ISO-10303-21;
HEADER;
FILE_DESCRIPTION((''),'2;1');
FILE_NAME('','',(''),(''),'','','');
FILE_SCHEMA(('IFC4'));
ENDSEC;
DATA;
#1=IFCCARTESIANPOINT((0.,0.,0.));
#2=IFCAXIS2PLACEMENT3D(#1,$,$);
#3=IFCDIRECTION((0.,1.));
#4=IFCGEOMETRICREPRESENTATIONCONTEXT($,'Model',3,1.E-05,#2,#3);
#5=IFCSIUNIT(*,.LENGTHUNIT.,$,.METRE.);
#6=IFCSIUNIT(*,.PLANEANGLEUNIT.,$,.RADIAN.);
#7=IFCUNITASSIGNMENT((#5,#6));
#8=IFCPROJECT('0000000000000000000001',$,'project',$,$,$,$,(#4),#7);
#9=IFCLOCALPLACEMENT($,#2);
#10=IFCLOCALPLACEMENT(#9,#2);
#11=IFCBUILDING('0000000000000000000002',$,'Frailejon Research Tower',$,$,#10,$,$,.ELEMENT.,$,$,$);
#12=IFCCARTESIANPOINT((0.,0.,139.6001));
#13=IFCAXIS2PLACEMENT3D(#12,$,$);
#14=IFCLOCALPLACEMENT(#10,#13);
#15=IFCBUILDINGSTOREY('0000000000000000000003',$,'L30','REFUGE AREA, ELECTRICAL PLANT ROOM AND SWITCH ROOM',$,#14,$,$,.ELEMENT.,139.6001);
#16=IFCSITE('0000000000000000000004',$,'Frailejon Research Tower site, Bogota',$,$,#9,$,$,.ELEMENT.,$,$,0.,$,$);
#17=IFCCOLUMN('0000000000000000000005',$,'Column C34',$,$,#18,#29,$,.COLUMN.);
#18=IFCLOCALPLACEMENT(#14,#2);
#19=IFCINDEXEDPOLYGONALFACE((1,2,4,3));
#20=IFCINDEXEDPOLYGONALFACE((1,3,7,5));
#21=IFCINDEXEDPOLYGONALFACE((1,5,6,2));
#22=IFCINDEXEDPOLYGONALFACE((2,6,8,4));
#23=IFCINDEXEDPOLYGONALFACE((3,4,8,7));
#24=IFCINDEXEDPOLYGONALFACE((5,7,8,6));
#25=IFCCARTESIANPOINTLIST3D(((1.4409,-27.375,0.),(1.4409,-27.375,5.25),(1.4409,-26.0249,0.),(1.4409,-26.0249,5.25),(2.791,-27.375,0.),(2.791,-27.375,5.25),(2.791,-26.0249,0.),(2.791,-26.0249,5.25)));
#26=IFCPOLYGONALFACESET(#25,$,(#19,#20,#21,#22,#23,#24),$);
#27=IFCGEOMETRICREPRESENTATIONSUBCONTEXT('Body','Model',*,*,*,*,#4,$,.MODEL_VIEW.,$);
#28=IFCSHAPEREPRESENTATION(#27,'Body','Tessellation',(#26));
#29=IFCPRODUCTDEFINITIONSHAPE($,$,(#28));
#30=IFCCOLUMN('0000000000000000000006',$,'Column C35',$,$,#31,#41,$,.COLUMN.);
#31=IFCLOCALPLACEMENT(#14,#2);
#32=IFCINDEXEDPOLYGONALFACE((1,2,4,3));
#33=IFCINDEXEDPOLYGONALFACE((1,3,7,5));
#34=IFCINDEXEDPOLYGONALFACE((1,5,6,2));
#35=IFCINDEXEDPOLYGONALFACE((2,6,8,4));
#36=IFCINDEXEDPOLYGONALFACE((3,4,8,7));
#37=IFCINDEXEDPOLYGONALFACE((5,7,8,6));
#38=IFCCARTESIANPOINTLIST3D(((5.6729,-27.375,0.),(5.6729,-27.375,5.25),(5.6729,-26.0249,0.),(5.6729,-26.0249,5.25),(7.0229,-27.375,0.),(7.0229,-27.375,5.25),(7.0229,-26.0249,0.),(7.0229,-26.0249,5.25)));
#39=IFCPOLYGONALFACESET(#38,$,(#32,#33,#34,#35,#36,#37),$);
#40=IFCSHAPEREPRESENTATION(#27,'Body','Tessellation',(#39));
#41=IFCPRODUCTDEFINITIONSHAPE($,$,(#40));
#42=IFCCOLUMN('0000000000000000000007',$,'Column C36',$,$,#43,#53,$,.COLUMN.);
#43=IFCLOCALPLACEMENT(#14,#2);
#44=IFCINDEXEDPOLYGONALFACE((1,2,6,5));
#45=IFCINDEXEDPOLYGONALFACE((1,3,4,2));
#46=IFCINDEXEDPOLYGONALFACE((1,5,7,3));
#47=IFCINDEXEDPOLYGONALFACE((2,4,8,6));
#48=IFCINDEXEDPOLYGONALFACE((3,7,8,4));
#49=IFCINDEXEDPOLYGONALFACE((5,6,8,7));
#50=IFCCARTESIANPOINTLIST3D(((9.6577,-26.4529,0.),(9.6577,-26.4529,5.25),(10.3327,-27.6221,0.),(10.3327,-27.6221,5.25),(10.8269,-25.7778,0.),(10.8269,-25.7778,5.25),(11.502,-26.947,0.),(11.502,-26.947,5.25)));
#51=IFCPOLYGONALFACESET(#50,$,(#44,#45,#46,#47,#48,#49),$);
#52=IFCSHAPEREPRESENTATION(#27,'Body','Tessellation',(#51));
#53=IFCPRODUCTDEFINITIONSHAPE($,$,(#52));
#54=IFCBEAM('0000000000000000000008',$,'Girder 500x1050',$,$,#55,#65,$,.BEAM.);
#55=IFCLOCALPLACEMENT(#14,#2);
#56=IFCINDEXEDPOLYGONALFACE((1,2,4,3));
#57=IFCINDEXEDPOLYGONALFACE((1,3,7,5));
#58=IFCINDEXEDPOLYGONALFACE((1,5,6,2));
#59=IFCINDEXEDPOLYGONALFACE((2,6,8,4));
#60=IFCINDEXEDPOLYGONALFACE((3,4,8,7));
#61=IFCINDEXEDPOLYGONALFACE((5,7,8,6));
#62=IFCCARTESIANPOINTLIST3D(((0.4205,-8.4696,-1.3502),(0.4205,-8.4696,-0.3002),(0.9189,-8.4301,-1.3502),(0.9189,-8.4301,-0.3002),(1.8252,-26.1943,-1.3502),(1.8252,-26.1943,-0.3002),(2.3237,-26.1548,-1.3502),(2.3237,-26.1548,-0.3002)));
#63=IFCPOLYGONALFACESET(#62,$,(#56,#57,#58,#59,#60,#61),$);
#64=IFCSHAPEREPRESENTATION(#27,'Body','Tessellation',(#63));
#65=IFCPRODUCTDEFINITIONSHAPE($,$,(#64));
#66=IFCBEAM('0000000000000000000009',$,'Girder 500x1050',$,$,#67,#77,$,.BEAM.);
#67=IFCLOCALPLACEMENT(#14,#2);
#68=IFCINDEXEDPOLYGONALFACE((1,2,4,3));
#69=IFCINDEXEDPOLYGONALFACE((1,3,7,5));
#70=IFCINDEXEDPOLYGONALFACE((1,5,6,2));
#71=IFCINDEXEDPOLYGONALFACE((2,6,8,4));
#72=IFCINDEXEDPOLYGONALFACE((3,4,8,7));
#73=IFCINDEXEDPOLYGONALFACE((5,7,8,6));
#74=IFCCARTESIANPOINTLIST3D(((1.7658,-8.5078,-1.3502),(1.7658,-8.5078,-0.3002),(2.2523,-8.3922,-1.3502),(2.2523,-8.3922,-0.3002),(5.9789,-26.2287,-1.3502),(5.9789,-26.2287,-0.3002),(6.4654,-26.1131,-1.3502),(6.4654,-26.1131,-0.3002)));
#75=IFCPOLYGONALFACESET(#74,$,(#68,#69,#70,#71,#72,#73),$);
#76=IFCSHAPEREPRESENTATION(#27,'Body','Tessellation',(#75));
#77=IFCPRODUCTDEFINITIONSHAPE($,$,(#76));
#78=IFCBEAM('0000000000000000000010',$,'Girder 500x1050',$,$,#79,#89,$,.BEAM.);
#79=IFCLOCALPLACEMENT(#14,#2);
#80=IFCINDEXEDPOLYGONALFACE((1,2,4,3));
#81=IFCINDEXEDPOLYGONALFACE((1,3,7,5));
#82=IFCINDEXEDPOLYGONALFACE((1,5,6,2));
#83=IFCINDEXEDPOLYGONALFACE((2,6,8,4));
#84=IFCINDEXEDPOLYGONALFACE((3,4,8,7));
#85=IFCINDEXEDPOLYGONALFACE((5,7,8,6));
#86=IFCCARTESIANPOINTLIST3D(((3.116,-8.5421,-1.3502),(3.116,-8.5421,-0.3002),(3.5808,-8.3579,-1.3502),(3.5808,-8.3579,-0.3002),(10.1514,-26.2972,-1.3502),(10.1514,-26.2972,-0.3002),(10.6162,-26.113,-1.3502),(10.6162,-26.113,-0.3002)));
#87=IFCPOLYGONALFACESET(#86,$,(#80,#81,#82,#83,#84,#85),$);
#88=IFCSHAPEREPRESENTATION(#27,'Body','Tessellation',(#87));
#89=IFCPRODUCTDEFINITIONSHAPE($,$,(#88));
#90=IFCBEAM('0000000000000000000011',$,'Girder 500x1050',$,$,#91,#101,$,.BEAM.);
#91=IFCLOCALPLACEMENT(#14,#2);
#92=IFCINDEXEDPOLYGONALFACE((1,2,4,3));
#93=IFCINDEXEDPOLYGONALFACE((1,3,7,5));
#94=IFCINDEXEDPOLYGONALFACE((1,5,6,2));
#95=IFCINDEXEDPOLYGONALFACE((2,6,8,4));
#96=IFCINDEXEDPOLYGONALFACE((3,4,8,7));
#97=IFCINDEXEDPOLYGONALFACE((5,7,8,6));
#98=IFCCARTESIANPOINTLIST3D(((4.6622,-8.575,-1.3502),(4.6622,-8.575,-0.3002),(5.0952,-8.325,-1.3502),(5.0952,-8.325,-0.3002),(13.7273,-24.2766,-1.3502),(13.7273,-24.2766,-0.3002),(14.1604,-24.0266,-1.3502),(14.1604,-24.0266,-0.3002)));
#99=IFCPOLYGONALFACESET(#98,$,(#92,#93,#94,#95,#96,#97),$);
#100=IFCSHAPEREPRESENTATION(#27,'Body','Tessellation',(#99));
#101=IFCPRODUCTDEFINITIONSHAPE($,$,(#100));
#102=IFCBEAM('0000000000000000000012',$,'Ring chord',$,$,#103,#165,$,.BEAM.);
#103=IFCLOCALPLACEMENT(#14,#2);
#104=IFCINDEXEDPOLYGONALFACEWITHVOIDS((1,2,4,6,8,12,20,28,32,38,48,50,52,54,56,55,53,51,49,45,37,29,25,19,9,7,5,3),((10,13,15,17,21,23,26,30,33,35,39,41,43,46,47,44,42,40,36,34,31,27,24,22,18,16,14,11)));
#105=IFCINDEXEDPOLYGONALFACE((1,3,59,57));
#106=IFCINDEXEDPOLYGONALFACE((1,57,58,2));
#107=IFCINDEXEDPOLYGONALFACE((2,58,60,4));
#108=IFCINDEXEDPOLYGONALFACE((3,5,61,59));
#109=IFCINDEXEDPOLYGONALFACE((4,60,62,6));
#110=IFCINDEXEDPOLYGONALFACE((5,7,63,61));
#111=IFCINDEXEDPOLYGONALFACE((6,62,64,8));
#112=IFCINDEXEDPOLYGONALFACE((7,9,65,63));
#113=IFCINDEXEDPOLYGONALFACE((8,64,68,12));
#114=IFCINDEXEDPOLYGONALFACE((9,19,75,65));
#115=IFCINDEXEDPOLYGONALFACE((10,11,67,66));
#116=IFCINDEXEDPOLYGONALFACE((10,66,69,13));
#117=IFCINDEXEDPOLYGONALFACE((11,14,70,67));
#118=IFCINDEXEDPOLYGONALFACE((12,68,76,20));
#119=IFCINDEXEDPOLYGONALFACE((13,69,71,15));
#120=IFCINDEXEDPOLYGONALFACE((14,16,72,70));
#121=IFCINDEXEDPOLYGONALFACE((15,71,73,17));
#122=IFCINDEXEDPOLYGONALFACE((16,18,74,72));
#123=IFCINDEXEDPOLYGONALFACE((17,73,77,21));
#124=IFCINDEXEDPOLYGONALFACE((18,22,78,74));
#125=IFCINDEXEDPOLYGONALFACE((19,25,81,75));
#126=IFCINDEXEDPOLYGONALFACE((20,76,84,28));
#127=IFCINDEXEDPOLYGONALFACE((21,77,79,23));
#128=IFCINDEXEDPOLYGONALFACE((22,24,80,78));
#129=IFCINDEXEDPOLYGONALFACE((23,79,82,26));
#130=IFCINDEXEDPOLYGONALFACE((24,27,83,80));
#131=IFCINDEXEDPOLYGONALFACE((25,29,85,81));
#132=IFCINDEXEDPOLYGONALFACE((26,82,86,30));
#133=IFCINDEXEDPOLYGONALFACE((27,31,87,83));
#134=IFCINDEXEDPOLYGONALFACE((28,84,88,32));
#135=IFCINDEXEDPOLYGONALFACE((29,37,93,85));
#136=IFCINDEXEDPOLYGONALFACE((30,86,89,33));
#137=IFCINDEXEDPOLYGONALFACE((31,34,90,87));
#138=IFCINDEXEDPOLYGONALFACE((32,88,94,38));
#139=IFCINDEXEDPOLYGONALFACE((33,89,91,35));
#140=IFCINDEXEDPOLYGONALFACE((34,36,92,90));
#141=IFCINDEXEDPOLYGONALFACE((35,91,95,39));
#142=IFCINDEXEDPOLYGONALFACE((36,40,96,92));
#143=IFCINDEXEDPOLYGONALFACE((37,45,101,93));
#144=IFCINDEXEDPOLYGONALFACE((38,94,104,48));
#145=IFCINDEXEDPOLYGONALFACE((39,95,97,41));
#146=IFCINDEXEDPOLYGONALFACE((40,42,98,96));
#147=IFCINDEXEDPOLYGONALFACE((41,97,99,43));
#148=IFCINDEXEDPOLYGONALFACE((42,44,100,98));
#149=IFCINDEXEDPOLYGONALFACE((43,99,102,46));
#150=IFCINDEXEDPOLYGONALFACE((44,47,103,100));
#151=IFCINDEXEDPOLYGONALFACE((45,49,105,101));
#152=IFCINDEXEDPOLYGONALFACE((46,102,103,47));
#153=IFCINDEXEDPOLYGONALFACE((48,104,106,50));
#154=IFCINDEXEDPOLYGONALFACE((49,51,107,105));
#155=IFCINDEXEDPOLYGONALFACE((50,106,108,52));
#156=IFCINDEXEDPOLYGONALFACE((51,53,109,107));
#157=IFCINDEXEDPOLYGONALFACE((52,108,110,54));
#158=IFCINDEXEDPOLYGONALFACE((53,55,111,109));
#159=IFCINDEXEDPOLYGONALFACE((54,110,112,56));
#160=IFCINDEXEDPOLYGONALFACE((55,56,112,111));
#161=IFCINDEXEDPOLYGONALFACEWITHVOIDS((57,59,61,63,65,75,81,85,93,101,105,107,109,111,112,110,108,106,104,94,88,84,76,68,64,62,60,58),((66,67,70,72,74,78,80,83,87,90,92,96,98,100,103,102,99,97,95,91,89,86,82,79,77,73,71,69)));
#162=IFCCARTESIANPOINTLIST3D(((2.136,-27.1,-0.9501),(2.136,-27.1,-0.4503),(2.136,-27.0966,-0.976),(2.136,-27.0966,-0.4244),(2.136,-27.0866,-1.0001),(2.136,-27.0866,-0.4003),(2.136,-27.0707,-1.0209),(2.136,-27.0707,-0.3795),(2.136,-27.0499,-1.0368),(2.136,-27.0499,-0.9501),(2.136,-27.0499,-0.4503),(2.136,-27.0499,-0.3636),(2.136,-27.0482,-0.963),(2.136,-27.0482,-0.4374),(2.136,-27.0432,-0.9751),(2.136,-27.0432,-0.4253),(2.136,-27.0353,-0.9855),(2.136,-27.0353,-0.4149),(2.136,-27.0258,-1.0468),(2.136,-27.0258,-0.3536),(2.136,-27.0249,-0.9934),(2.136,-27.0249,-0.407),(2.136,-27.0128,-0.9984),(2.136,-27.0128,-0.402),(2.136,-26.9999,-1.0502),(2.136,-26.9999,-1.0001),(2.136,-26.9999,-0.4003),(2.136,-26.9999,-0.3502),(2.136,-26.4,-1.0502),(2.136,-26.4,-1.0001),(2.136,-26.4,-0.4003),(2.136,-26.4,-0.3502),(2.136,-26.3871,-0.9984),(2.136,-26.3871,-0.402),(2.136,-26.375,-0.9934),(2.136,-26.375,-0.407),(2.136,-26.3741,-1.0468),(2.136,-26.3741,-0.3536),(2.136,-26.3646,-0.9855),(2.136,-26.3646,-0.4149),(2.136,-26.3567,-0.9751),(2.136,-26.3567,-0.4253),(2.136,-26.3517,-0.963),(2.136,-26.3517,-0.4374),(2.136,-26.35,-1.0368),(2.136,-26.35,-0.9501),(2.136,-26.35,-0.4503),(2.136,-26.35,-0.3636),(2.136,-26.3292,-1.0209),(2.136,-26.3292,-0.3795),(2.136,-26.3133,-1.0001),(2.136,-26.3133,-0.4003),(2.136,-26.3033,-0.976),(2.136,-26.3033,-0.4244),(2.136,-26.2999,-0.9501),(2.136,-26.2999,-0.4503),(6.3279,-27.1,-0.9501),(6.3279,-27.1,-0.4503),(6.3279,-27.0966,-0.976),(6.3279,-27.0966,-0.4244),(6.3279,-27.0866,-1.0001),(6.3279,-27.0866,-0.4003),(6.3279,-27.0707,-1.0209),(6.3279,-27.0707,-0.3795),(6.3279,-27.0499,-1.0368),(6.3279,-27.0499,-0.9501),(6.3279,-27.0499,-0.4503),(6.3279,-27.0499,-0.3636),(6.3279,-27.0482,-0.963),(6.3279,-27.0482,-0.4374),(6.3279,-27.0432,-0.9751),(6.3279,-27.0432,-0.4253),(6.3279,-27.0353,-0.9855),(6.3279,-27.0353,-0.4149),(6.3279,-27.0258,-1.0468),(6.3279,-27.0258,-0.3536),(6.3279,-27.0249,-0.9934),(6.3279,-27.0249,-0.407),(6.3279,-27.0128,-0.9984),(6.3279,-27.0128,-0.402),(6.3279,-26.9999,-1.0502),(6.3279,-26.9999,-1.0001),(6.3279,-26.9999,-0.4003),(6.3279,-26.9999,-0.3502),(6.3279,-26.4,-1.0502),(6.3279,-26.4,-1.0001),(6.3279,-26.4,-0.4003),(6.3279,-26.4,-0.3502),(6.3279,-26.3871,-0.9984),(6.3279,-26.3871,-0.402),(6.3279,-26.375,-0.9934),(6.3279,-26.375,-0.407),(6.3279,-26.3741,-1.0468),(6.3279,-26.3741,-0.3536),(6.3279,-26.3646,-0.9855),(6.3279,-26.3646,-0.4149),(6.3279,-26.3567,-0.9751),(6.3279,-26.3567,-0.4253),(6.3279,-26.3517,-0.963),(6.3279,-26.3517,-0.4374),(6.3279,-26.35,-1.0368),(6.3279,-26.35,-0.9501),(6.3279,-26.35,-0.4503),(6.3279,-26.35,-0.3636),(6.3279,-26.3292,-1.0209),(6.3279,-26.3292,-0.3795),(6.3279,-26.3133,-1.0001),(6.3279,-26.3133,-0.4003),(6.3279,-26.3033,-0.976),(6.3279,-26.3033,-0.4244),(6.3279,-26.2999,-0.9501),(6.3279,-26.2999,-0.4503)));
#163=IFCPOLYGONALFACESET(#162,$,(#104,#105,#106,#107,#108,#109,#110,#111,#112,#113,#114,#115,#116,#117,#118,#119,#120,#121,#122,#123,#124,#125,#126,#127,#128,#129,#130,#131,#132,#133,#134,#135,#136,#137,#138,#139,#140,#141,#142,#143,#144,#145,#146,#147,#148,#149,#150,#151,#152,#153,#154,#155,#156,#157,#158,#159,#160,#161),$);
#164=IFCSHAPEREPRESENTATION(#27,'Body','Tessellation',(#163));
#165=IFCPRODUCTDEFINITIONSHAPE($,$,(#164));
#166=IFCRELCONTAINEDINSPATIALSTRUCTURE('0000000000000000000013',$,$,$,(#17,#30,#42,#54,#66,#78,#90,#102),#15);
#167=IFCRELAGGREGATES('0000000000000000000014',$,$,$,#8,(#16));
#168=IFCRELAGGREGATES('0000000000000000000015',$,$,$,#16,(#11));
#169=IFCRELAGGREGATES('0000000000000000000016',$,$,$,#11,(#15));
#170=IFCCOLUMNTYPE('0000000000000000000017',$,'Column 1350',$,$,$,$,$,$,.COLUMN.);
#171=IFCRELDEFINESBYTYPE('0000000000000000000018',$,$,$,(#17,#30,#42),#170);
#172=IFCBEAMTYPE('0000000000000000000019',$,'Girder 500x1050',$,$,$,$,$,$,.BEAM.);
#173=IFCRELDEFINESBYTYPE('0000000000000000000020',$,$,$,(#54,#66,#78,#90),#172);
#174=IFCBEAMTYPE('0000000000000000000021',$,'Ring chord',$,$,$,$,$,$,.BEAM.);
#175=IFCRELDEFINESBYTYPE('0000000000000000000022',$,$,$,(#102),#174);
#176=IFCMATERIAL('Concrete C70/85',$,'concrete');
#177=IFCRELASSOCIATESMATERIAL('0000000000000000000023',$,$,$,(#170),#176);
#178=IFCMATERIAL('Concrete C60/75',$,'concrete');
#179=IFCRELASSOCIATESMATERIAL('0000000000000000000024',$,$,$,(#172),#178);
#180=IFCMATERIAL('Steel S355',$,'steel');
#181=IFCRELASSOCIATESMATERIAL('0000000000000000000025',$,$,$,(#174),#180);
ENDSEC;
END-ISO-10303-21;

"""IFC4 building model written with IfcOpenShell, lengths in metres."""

from ifc_helpers import new_model, si_unit, direction, frame, origin, origin_2d, place, context, subcontext, project, spatial, rectangle, hollow_rectangle, extrude, material, material_profile, profile_set, type_object, element, save


model = new_model("IFC4")

# Units and contexts
model_context = context("Model", 3, precision=1e-05, world=origin(), true_north=direction((0.0, 1.0)))
body_context = subcontext(model_context, "Body", "Model", "MODEL_VIEW")
ifc_project = project(units=[si_unit("LENGTHUNIT", "METRE"), si_unit("PLANEANGLEUNIT", "RADIAN")], contexts=[model_context])

# Site, building, storey
site_placement = place(None, origin())
site = spatial("IfcSite", under=ifc_project, at=site_placement, Name="Frailejon Research Tower site, Bogota", CompositionType="ELEMENT", RefElevation=0.0)
building_placement = place(site_placement, origin())
building = spatial("IfcBuilding", under=site, at=building_placement, Name="Frailejon Research Tower", CompositionType="ELEMENT")
storey_placement = place(building_placement, frame((0.0, 0.0, 139.6001)))
storey = spatial("IfcBuildingStorey", under=building, at=storey_placement, Name="L30", Description="REFUGE AREA, ELECTRICAL PLANT ROOM AND SWITCH ROOM", CompositionType="ELEMENT", Elevation=139.6001)

# Columns
ifc_material_1 = material(Name="Concrete C70/85", Category="concrete")
ifc_material_profile_1 = material_profile(ifc_material_1, rectangle(XDim=1.3501, YDim=1.3501, at=origin_2d()), Name="Column 1350")
ifc_profile_set_1 = profile_set([ifc_material_profile_1], Name="Concrete C70/85")
column_type = type_object("IfcColumnType", Name="Column 1350", PredefinedType="COLUMN", material=ifc_profile_set_1)
for number, where, z_axis, x_axis, name in (
    (1, (2.116, -26.7, 0.0), (0.0, 0.0, 1.0), (1.0, 0.0, 0.0), "Column C34"),
    (2, (6.3479, -26.7, 0.0), (0.0, 0.0, 1.0), (1.0, 0.0, 0.0), "Column C35"),
    (3, (10.5798, -26.7, 0.0), (0.0, 0.0, 1.0), (0.866025, 0.5, 0.0), "Column C36"),
):
    element("IfcColumn", number, at=place(storey_placement, frame(where, z_axis=z_axis, x_axis=x_axis)), inside=storey, type_object=column_type, Name=name, PredefinedType="COLUMN", context=body_context, shape_type="SweptSolid", body=[
        extrude(rectangle(XDim=1.3501, YDim=1.3501, at=origin_2d()), origin(), (0.0, 0.0, 1.0), 5.25),
    ])

# Beams
ifc_material_2 = material(Name="Concrete C60/75", Category="concrete")
ifc_material_profile_2 = material_profile(ifc_material_2, rectangle(XDim=0.5, YDim=1.05, at=origin_2d()), Name="Girder 500x1050")
ifc_profile_set_2 = profile_set([ifc_material_profile_2], Name="Concrete C60/75")
beam_type_1 = type_object("IfcBeamType", Name="Girder 500x1050", PredefinedType="BEAM", material=ifc_profile_set_2)
beam_1_placement = place(storey_placement, frame((2.0745, -26.1746, -0.8252), z_axis=(-0.079008, 0.996874, 0.0), x_axis=(-0.996874, -0.079008, 0.0)))
element("IfcBeam", 4, at=beam_1_placement, inside=storey, type_object=beam_type_1, Name="Girder 500x1050", PredefinedType="BEAM", context=body_context, shape_type="SweptSolid", body=[
    extrude(rectangle(XDim=0.5, YDim=1.05, at=origin_2d()), origin(), (0.0, 0.0, 1.0), 17.7803),
])
beam_2_placement = place(storey_placement, frame((6.2222, -26.1709, -0.8252), z_axis=(-0.231302, 0.972882, 0.0), x_axis=(-0.972882, -0.231302, 0.0)))
element("IfcBeam", 5, at=beam_2_placement, inside=storey, type_object=beam_type_1, Name="Girder 500x1050", PredefinedType="BEAM", context=body_context, shape_type="SweptSolid", body=[
    extrude(rectangle(XDim=0.5, YDim=1.05, at=origin_2d()), origin(), (0.0, 0.0, 1.0), 18.2148),
])
beam_3_placement = place(storey_placement, frame((10.3838, -26.2051, -0.8252), z_axis=(-0.36838, 0.929675, 0.0), x_axis=(-0.929675, -0.36838, 0.0)))
element("IfcBeam", 6, at=beam_3_placement, inside=storey, type_object=beam_type_1, Name="Girder 500x1050", PredefinedType="BEAM", context=body_context, shape_type="SweptSolid", body=[
    extrude(rectangle(XDim=0.5, YDim=1.05, at=origin_2d()), origin(), (0.0, 0.0, 1.0), 19.0981),
])
beam_4_placement = place(storey_placement, frame((13.9438, -24.1516, -0.8252), z_axis=(-0.499993, 0.86603, 0.0), x_axis=(-0.86603, -0.499993, 0.0)))
element("IfcBeam", 7, at=beam_4_placement, inside=storey, type_object=beam_type_1, Name="Girder 500x1050", PredefinedType="BEAM", context=body_context, shape_type="SweptSolid", body=[
    extrude(rectangle(XDim=0.5, YDim=1.05, at=origin_2d()), origin(), (0.0, 0.0, 1.0), 18.1306),
])
ifc_material_3 = material(Name="Steel S355", Category="steel")
ifc_material_profile_3 = material_profile(ifc_material_3, hollow_rectangle(XDim=0.8, YDim=0.7, WallThickness=0.05, InnerFilletRadius=0.05, OuterFilletRadius=0.1001, at=origin_2d()), Name="Ring chord")
ifc_profile_set_3 = profile_set([ifc_material_profile_3], Name="Steel S355")
beam_type_2 = type_object("IfcBeamType", Name="Ring chord", PredefinedType="BEAM", material=ifc_profile_set_3)
for number, where, z_axis, x_axis, name in (
    (8, (2.136, -26.7, -0.7002), (1.0, 0.0, 0.0), (0.0, 1.0, 0.0), "Ring chord"),
):
    element("IfcBeam", number, at=place(storey_placement, frame(where, z_axis=z_axis, x_axis=x_axis)), inside=storey, type_object=beam_type_2, Name=name, PredefinedType="BEAM", context=body_context, shape_type="SweptSolid", body=[
        extrude(hollow_rectangle(XDim=0.8, YDim=0.7, WallThickness=0.05, InnerFilletRadius=0.05, OuterFilletRadius=0.1001, at=origin_2d()), origin(), (0.0, 0.0, 1.0), 4.1919),
    ])

save(model, "model.ifc")
